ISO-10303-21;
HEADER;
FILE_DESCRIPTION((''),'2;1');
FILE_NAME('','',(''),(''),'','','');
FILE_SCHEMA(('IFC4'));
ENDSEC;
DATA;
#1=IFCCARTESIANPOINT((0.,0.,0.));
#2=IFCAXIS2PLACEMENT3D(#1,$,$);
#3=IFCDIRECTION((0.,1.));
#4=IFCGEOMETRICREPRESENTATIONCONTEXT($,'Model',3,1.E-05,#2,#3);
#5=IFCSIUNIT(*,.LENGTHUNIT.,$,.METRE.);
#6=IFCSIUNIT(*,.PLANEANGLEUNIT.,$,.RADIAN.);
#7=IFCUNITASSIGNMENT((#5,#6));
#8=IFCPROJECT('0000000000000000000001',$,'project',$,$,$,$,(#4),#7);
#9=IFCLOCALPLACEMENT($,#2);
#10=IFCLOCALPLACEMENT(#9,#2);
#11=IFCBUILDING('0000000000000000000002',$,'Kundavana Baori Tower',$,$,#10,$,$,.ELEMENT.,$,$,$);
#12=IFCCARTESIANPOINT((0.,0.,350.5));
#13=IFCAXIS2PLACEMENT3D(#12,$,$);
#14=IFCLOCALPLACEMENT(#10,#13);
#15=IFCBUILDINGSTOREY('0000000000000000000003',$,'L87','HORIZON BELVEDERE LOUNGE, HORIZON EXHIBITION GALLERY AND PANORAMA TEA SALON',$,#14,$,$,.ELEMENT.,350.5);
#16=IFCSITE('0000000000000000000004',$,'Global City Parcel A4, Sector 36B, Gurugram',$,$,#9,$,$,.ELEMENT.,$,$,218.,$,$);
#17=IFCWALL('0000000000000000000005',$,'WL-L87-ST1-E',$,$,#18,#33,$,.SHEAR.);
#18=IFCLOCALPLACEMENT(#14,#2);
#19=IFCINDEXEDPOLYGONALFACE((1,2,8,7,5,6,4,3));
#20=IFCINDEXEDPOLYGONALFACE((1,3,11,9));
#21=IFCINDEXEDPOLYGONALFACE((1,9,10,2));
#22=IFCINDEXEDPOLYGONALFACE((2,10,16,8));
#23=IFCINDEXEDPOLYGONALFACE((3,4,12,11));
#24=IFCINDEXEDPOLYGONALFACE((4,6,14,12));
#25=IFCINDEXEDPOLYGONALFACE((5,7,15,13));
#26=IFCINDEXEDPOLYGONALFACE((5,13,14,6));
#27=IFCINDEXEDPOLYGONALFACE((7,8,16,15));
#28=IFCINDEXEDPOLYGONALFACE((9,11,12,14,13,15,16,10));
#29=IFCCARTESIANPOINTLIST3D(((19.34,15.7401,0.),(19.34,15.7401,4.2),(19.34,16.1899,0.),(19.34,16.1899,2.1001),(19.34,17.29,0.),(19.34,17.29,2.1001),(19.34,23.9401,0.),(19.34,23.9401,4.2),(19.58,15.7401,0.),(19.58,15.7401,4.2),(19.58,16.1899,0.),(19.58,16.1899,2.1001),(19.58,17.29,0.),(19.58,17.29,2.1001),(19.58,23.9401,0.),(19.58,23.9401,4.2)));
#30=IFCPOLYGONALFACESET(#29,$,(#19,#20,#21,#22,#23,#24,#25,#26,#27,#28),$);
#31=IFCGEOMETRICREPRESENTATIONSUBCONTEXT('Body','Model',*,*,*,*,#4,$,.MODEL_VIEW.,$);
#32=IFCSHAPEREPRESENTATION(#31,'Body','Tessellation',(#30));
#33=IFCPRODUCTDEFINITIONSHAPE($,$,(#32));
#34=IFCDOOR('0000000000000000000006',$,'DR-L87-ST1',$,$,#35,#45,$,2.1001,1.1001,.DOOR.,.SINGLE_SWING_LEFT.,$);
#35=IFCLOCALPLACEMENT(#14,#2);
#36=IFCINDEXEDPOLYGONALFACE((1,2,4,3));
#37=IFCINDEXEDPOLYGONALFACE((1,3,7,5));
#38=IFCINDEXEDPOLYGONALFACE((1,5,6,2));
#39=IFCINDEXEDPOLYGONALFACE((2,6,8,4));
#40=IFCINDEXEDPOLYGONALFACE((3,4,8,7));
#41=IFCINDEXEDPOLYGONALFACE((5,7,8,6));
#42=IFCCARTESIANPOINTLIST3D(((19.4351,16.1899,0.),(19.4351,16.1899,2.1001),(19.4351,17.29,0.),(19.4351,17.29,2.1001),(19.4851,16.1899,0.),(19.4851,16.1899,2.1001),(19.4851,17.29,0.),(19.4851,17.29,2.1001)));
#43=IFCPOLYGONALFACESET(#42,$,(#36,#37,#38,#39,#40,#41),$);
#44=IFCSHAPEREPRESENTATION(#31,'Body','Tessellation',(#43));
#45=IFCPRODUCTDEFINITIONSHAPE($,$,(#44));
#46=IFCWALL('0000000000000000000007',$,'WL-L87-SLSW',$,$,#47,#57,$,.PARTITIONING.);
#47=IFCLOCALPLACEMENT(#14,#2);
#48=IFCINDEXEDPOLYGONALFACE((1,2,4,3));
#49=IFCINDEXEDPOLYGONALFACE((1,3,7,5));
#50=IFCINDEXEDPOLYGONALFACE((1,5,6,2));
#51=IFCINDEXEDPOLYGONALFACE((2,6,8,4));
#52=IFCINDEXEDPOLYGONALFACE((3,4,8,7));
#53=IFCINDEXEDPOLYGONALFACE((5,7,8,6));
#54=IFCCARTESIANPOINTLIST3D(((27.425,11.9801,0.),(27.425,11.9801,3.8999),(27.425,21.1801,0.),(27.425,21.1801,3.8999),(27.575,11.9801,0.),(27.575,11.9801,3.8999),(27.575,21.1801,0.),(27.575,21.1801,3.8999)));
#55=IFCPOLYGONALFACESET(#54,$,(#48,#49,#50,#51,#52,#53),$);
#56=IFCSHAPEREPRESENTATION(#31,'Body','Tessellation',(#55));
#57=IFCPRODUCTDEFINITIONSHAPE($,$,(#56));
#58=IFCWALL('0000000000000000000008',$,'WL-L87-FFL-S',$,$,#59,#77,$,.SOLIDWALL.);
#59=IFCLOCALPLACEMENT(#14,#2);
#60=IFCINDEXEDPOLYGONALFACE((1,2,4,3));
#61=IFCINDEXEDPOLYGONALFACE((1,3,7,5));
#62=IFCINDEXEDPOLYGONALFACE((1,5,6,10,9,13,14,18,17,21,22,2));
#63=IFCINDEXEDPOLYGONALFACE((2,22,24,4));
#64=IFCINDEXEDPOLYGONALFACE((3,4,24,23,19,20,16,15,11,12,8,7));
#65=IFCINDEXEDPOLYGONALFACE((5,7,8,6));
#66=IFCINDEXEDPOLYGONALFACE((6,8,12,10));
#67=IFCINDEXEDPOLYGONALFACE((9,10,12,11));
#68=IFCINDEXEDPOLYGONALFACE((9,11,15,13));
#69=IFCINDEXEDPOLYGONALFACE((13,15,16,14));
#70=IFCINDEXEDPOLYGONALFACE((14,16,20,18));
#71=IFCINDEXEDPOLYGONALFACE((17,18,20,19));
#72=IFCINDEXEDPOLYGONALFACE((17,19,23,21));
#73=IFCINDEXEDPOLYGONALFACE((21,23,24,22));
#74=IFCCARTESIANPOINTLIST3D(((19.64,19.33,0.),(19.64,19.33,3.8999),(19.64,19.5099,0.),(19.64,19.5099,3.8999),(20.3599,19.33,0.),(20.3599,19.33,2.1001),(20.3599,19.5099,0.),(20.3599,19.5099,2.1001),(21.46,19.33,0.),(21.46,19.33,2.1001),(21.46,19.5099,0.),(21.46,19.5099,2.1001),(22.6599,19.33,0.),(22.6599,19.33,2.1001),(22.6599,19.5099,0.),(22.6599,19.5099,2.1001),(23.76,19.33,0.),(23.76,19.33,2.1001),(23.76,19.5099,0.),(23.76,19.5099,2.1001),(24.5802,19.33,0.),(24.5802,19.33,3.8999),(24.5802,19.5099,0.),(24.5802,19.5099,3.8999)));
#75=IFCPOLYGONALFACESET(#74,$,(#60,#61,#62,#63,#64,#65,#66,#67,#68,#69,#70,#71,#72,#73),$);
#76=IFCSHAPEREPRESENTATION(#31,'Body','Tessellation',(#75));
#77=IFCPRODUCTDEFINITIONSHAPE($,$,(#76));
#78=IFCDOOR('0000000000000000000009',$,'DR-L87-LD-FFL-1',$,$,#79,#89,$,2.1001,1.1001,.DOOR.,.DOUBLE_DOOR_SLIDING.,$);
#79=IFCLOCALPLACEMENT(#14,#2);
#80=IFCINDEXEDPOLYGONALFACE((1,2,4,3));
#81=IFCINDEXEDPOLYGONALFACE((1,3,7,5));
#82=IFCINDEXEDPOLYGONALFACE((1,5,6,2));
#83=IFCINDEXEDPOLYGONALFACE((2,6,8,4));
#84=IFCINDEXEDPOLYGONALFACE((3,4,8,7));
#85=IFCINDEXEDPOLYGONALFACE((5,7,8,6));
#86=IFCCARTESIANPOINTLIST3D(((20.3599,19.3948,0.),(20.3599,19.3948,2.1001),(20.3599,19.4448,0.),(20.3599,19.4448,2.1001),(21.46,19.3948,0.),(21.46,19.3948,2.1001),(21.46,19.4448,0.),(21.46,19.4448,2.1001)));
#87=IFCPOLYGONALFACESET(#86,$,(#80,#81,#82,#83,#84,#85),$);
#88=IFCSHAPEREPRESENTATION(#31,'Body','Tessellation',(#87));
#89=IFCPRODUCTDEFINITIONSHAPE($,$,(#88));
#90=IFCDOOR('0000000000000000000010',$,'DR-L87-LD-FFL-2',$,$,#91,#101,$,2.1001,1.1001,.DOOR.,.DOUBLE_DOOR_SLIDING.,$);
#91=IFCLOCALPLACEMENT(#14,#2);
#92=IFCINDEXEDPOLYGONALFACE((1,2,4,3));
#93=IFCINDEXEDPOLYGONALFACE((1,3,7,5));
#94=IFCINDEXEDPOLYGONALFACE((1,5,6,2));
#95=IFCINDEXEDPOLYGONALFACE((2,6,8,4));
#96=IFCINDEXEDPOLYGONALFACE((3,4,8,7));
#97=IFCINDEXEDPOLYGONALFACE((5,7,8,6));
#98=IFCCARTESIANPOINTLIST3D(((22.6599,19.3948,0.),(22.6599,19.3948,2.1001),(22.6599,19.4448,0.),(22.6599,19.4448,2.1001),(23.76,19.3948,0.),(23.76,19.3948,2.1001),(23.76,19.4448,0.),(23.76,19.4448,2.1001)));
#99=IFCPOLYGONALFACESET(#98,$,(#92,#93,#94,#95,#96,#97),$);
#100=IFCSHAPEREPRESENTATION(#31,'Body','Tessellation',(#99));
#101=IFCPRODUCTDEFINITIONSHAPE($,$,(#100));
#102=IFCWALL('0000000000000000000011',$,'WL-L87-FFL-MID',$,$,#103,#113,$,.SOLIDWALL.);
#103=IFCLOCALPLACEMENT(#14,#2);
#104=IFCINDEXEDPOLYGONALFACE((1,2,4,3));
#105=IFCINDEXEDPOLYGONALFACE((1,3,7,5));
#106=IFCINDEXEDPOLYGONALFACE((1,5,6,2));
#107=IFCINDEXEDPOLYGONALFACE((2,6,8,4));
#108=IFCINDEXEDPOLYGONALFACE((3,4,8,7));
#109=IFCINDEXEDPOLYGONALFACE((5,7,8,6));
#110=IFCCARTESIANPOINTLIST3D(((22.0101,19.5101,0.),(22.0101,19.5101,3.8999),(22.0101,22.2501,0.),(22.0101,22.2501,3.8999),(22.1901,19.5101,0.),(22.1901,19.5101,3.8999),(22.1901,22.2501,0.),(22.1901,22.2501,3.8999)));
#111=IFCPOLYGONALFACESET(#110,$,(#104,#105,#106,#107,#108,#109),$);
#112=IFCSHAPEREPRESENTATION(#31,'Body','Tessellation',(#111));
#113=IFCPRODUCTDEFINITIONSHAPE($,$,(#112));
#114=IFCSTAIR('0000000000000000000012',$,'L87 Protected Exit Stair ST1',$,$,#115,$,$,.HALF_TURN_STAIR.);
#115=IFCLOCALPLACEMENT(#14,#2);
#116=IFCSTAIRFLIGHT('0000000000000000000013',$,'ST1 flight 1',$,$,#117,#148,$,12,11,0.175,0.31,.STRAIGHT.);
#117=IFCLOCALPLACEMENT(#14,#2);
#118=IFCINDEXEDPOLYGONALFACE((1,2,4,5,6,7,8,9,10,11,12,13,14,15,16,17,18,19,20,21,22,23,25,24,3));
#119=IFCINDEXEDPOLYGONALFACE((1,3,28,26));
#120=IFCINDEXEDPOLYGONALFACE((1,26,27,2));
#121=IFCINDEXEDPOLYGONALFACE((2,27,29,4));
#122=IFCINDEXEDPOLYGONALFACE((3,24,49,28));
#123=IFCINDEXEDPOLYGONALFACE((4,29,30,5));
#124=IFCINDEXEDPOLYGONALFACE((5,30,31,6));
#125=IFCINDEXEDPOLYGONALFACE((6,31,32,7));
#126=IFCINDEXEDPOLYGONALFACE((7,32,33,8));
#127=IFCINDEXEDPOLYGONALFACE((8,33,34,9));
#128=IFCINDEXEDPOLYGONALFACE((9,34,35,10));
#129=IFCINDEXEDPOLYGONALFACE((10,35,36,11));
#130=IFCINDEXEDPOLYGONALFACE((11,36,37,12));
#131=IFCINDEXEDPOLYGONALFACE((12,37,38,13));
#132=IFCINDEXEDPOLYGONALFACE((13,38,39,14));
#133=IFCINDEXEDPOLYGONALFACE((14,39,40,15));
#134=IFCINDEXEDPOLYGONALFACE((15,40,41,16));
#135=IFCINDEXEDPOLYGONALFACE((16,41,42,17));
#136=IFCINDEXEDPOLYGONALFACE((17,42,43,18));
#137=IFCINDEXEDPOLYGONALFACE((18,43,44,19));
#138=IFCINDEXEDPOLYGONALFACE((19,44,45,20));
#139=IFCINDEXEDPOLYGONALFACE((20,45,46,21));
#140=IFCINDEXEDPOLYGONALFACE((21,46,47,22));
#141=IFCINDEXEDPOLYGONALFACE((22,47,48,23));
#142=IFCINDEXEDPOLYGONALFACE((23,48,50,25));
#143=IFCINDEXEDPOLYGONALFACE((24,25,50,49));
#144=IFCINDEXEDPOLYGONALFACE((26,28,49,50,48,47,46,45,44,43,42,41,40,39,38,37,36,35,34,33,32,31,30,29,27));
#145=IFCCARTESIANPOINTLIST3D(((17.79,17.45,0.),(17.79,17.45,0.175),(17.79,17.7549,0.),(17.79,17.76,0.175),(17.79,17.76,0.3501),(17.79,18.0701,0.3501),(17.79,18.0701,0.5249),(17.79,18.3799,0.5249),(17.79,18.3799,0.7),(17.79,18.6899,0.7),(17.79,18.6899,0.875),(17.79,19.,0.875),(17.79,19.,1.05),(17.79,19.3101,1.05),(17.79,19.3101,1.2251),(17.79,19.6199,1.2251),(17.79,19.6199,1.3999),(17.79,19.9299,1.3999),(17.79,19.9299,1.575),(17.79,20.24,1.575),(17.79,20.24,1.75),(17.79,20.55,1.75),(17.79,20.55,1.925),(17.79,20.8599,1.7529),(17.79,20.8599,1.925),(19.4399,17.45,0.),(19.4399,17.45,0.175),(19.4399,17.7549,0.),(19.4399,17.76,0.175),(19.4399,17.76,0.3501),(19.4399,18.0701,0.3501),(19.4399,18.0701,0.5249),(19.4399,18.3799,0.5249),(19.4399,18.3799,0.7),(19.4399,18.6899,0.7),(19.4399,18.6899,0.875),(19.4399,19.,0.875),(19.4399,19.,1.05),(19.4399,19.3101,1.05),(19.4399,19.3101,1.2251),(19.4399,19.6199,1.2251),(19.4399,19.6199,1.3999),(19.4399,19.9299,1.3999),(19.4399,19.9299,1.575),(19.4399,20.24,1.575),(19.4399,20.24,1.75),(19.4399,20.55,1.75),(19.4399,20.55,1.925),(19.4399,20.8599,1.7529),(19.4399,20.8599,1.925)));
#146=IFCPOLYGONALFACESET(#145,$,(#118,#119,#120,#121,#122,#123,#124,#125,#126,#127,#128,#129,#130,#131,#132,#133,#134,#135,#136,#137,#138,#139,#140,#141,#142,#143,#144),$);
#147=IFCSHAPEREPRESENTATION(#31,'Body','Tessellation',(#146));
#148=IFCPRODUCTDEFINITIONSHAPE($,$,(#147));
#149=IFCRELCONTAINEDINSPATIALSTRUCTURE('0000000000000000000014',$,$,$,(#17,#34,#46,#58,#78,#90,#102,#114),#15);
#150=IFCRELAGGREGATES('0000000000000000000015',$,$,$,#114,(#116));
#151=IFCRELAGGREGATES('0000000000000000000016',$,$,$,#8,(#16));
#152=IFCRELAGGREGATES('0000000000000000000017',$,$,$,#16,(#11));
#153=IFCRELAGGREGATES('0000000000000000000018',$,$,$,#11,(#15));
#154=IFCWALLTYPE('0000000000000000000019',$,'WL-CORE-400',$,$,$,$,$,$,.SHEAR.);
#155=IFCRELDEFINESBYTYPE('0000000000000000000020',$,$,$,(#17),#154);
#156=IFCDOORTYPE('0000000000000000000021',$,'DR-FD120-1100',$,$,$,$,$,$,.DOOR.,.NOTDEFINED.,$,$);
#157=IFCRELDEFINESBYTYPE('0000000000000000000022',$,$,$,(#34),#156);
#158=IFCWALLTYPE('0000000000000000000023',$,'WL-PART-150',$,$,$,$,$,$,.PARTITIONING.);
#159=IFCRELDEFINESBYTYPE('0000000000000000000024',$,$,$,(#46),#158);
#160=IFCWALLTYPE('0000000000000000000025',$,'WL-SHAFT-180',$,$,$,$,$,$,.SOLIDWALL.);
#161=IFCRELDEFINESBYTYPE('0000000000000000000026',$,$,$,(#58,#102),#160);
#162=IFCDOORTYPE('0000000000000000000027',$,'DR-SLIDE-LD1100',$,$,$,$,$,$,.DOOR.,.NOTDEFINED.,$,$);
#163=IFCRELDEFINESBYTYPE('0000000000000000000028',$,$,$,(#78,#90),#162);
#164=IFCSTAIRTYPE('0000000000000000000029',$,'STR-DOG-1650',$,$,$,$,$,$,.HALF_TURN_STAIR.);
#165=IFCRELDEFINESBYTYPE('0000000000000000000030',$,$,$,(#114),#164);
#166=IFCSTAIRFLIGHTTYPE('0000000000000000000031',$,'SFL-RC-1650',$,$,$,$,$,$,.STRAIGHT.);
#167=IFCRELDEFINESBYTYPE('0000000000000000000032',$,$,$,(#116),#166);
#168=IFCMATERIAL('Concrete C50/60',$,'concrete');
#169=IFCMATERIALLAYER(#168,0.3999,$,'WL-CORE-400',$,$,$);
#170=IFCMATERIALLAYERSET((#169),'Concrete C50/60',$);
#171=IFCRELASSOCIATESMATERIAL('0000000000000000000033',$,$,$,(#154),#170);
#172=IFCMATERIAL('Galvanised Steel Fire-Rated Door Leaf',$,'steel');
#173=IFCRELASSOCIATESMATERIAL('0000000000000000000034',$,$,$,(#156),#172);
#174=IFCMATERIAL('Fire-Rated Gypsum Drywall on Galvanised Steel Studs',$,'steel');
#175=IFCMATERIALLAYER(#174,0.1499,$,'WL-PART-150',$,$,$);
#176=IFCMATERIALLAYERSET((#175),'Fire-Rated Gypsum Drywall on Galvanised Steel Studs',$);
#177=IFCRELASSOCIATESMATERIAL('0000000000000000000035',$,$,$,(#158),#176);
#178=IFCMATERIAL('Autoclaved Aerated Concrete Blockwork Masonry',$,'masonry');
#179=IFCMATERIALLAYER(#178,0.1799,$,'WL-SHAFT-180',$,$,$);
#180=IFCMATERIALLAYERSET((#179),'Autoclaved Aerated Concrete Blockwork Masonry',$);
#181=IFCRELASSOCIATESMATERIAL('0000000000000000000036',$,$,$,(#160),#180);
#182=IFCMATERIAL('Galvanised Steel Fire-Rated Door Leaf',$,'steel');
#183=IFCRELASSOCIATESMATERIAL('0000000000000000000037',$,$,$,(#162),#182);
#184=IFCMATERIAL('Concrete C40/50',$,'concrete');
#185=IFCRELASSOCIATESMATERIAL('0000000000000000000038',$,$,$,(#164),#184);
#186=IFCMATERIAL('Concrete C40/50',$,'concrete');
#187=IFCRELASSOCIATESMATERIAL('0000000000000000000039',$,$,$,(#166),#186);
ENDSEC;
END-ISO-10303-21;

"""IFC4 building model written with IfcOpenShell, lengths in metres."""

from ifc_helpers import new_model, si_unit, direction, frame, frame_2d, origin, place, context, subcontext, project, spatial, polyline, rectangle, outline, extrude, material, layer, layer_set, type_object, element, fill, aggregate, save


model = new_model("IFC4")

# Units and contexts
model_context = context("Model", 3, precision=1e-05, world=origin(), true_north=direction((0.0, 1.0)))
body_context = subcontext(model_context, "Body", "Model", "MODEL_VIEW")
ifc_project = project(units=[si_unit("LENGTHUNIT", "METRE"), si_unit("PLANEANGLEUNIT", "RADIAN")], contexts=[model_context])

# Site, building, storey
site_placement = place(None, origin())
site = spatial("IfcSite", under=ifc_project, at=site_placement, Name="Global City Parcel A4, Sector 36B, Gurugram", CompositionType="ELEMENT", RefElevation=218.0)
building_placement = place(site_placement, origin())
building = spatial("IfcBuilding", under=site, at=building_placement, Name="Kundavana Baori Tower", CompositionType="ELEMENT")
storey_placement = place(building_placement, frame((0.0, 0.0, 350.5)))
storey = spatial("IfcBuildingStorey", under=building, at=storey_placement, Name="L87", Description="HORIZON BELVEDERE LOUNGE, HORIZON EXHIBITION GALLERY AND PANORAMA TEA SALON", CompositionType="ELEMENT", Elevation=350.5)

# Shared definitions
ifc_material_1 = material(Name="Concrete C50/60", Category="concrete")
ifc_layer_1 = layer(ifc_material_1, 0.3999, Name="WL-CORE-400")
ifc_layer_set_1 = layer_set([ifc_layer_1], Name="Concrete C50/60")
wall_type_1 = type_object("IfcWallType", Name="WL-CORE-400", PredefinedType="SHEAR", material=ifc_layer_set_1)

# Wall, opening, door
wall_1_placement = place(storey_placement, frame((19.46, 15.74, 0.0), z_axis=(0.0, 0.0, 1.0), x_axis=(0.0, 1.0, 0.0)))
wall_1 = element("IfcWall", 1, at=wall_1_placement, inside=storey, type_object=wall_type_1, Name="WL-L87-ST1-E", PredefinedType="SHEAR", context=body_context, shape_type="SweptSolid", body=[
    extrude(rectangle(XDim=8.2, YDim=0.24, at=frame_2d((4.1001, 0.0))), origin(), (0.0, 0.0, 1.0), 4.2),
])
opening_1_placement = place(wall_1_placement, frame((0.45, 0.0, 0.0)))
opening_1 = element("IfcOpeningElement", 2, at=opening_1_placement, cuts=wall_1, PredefinedType="OPENING", context=body_context, shape_type="SweptSolid", body=[
    extrude(rectangle(XDim=1.1001, YDim=2.1001, at=frame_2d((0.55, 1.05))), frame((0.0, 0.1299, 0.0), z_axis=(0.0, -1.0, 0.0), x_axis=(1.0, 0.0, 0.0)), (0.0, 0.0, 1.0), 0.26),
])
ifc_material_2 = material(Name="Galvanised Steel Fire-Rated Door Leaf", Category="steel")
door_type_1 = type_object("IfcDoorType", Name="DR-FD120-1100", OperationType="NOTDEFINED", PredefinedType="DOOR", material=ifc_material_2)
door_1_placement = place(opening_1_placement, origin())
door_1 = element("IfcDoor", 3, at=door_1_placement, inside=storey, type_object=door_type_1, Name="DR-L87-ST1", OperationType="SINGLE_SWING_LEFT", OverallHeight=2.1001, OverallWidth=1.1001, PredefinedType="DOOR", context=body_context, shape_type="SweptSolid", body=[
    extrude(rectangle(XDim=1.1001, YDim=2.1001, at=frame_2d((0.55, 1.05))), frame((0.0, 0.0249, 0.0), z_axis=(0.0, -1.0, 0.0), x_axis=(1.0, 0.0, 0.0)), (0.0, 0.0, 1.0), 0.05),
])
fill(opening_1, door_1)

# Wall
ifc_material_3 = material(Name="Fire-Rated Gypsum Drywall on Galvanised Steel Studs", Category="steel")
ifc_layer_2 = layer(ifc_material_3, 0.1499, Name="WL-PART-150")
ifc_layer_set_2 = layer_set([ifc_layer_2], Name="Fire-Rated Gypsum Drywall on Galvanised Steel Studs")
wall_type_2 = type_object("IfcWallType", Name="WL-PART-150", PredefinedType="PARTITIONING", material=ifc_layer_set_2)
wall_2_placement = place(storey_placement, frame((27.5, 11.98, 0.0), z_axis=(0.0, 0.0, 1.0), x_axis=(0.0, 1.0, 0.0)))
element("IfcWall", 4, at=wall_2_placement, inside=storey, type_object=wall_type_2, Name="WL-L87-SLSW", PredefinedType="PARTITIONING", context=body_context, shape_type="SweptSolid", body=[
    extrude(rectangle(XDim=9.2, YDim=0.1499, at=frame_2d((4.6001, 0.0))), origin(), (0.0, 0.0, 1.0), 3.8999),
])

# Wall, openings, doors
ifc_material_4 = material(Name="Autoclaved Aerated Concrete Blockwork Masonry", Category="masonry")
ifc_layer_3 = layer(ifc_material_4, 0.1799, Name="WL-SHAFT-180")
ifc_layer_set_3 = layer_set([ifc_layer_3], Name="Autoclaved Aerated Concrete Blockwork Masonry")
wall_type_3 = type_object("IfcWallType", Name="WL-SHAFT-180", PredefinedType="SOLIDWALL", material=ifc_layer_set_3)
wall_3_placement = place(storey_placement, frame((19.6399, 19.4199, 0.0), z_axis=(0.0, 0.0, 1.0), x_axis=(1.0, 0.0, 0.0)))
wall_3 = element("IfcWall", 5, at=wall_3_placement, inside=storey, type_object=wall_type_3, Name="WL-L87-FFL-S", PredefinedType="SOLIDWALL", context=body_context, shape_type="SweptSolid", body=[
    extrude(rectangle(XDim=4.9402, YDim=0.1799, at=frame_2d((2.4702, 0.0))), origin(), (0.0, 0.0, 1.0), 3.8999),
])
opening_2_placement = place(wall_3_placement, frame((0.72, 0.0, 0.0)))
opening_2 = element("IfcOpeningElement", 6, at=opening_2_placement, cuts=wall_3, PredefinedType="OPENING", context=body_context, shape_type="SweptSolid", body=[
    extrude(rectangle(XDim=1.1001, YDim=2.1001, at=frame_2d((0.55, 1.05))), frame((0.0, 0.1001, 0.0), z_axis=(0.0, -1.0, 0.0), x_axis=(1.0, 0.0, 0.0)), (0.0, 0.0, 1.0), 0.2),
])
opening_3_placement = place(wall_3_placement, frame((3.02, 0.0, 0.0)))
opening_3 = element("IfcOpeningElement", 7, at=opening_3_placement, cuts=wall_3, PredefinedType="OPENING", context=body_context, shape_type="SweptSolid", body=[
    extrude(rectangle(XDim=1.1001, YDim=2.1001, at=frame_2d((0.55, 1.05))), frame((0.0, 0.1001, 0.0), z_axis=(0.0, -1.0, 0.0), x_axis=(1.0, 0.0, 0.0)), (0.0, 0.0, 1.0), 0.2),
])
ifc_material_5 = material(Name="Galvanised Steel Fire-Rated Door Leaf", Category="steel")
door_type_2 = type_object("IfcDoorType", Name="DR-SLIDE-LD1100", OperationType="NOTDEFINED", PredefinedType="DOOR", material=ifc_material_5)
door_2_placement = place(opening_2_placement, origin())
door_2 = element("IfcDoor", 8, at=door_2_placement, inside=storey, type_object=door_type_2, Name="DR-L87-LD-FFL-1", OperationType="DOUBLE_DOOR_SLIDING", OverallHeight=2.1001, OverallWidth=1.1001, PredefinedType="DOOR", context=body_context, shape_type="SweptSolid", body=[
    extrude(rectangle(XDim=1.1001, YDim=2.1001, at=frame_2d((0.55, 1.05))), frame((0.0, 0.0249, 0.0), z_axis=(0.0, -1.0, 0.0), x_axis=(1.0, 0.0, 0.0)), (0.0, 0.0, 1.0), 0.05),
])
fill(opening_2, door_2)
door_3_placement = place(opening_3_placement, origin())
door_3 = element("IfcDoor", 9, at=door_3_placement, inside=storey, type_object=door_type_2, Name="DR-L87-LD-FFL-2", OperationType="DOUBLE_DOOR_SLIDING", OverallHeight=2.1001, OverallWidth=1.1001, PredefinedType="DOOR", context=body_context, shape_type="SweptSolid", body=[
    extrude(rectangle(XDim=1.1001, YDim=2.1001, at=frame_2d((0.55, 1.05))), frame((0.0, 0.0249, 0.0), z_axis=(0.0, -1.0, 0.0), x_axis=(1.0, 0.0, 0.0)), (0.0, 0.0, 1.0), 0.05),
])
fill(opening_3, door_3)

# Wall
wall_4_placement = place(storey_placement, frame((22.1001, 19.51, 0.0), z_axis=(0.0, 0.0, 1.0), x_axis=(0.0, 1.0, 0.0)))
element("IfcWall", 10, at=wall_4_placement, inside=storey, type_object=wall_type_3, Name="WL-L87-FFL-MID", PredefinedType="SOLIDWALL", context=body_context, shape_type="SweptSolid", body=[
    extrude(rectangle(XDim=2.74, YDim=0.1799, at=frame_2d((1.3701, 0.0))), origin(), (0.0, 0.0, 1.0), 3.8999),
])

# Stair, stair flight
ifc_material_6 = material(Name="Concrete C40/50", Category="concrete")
stair_type = type_object("IfcStairType", Name="STR-DOG-1650", PredefinedType="HALF_TURN_STAIR", material=ifc_material_6)
stair_placement = place(storey_placement, origin())
stair = element("IfcStair", 11, at=stair_placement, inside=storey, type_object=stair_type, Name="L87 Protected Exit Stair ST1", PredefinedType="HALF_TURN_STAIR")
ifc_material_7 = material(Name="Concrete C40/50", Category="concrete")
stair_flight_type = type_object("IfcStairFlightType", Name="SFL-RC-1650", PredefinedType="STRAIGHT", material=ifc_material_7)
stair_flight_1_placement = place(storey_placement, frame((18.615, 17.45, 0.0), z_axis=(0.0, 0.0, 1.0), x_axis=(0.0, 1.0, 0.0)))
stair_flight_1 = element("IfcStairFlight", 12, at=stair_flight_1_placement, type_object=stair_flight_type, Name="ST1 flight 1", NumberOfRisers=12, NumberOfTreads=11, PredefinedType="STRAIGHT", RiserHeight=0.175, TreadLength=0.31, context=body_context, shape_type="SweptSolid", body=[
    extrude(outline(polyline([(0.0, 0.0), (0.0, 0.175), (0.3101, 0.175), (0.3101, 0.3501), (0.6201, 0.3501), (0.6201, 0.5249), (0.9299, 0.5249), (0.9299, 0.7), (1.24, 0.7), (1.24, 0.875), (1.55, 0.875), (1.55, 1.05), (1.8601, 1.05), (1.8601, 1.2251), (2.1699, 1.2251), (2.1699, 1.3999), (2.48, 1.3999), (2.48, 1.575), (2.79, 1.575), (2.79, 1.75), (3.1001, 1.75), (3.1001, 1.925), (3.4099, 1.925), (3.4099, 2.1001), (3.4099, 1.7529), (0.3049, 0.0), (0.0, 0.0)])), frame((0.0, 0.825, 0.0), z_axis=(0.0, -1.0, 0.0), x_axis=(1.0, 0.0, 0.0)), (0.0, 0.0, 1.0), 1.6499),
])
aggregate(stair, [stair_flight_1])

save(model, "model.ifc")
